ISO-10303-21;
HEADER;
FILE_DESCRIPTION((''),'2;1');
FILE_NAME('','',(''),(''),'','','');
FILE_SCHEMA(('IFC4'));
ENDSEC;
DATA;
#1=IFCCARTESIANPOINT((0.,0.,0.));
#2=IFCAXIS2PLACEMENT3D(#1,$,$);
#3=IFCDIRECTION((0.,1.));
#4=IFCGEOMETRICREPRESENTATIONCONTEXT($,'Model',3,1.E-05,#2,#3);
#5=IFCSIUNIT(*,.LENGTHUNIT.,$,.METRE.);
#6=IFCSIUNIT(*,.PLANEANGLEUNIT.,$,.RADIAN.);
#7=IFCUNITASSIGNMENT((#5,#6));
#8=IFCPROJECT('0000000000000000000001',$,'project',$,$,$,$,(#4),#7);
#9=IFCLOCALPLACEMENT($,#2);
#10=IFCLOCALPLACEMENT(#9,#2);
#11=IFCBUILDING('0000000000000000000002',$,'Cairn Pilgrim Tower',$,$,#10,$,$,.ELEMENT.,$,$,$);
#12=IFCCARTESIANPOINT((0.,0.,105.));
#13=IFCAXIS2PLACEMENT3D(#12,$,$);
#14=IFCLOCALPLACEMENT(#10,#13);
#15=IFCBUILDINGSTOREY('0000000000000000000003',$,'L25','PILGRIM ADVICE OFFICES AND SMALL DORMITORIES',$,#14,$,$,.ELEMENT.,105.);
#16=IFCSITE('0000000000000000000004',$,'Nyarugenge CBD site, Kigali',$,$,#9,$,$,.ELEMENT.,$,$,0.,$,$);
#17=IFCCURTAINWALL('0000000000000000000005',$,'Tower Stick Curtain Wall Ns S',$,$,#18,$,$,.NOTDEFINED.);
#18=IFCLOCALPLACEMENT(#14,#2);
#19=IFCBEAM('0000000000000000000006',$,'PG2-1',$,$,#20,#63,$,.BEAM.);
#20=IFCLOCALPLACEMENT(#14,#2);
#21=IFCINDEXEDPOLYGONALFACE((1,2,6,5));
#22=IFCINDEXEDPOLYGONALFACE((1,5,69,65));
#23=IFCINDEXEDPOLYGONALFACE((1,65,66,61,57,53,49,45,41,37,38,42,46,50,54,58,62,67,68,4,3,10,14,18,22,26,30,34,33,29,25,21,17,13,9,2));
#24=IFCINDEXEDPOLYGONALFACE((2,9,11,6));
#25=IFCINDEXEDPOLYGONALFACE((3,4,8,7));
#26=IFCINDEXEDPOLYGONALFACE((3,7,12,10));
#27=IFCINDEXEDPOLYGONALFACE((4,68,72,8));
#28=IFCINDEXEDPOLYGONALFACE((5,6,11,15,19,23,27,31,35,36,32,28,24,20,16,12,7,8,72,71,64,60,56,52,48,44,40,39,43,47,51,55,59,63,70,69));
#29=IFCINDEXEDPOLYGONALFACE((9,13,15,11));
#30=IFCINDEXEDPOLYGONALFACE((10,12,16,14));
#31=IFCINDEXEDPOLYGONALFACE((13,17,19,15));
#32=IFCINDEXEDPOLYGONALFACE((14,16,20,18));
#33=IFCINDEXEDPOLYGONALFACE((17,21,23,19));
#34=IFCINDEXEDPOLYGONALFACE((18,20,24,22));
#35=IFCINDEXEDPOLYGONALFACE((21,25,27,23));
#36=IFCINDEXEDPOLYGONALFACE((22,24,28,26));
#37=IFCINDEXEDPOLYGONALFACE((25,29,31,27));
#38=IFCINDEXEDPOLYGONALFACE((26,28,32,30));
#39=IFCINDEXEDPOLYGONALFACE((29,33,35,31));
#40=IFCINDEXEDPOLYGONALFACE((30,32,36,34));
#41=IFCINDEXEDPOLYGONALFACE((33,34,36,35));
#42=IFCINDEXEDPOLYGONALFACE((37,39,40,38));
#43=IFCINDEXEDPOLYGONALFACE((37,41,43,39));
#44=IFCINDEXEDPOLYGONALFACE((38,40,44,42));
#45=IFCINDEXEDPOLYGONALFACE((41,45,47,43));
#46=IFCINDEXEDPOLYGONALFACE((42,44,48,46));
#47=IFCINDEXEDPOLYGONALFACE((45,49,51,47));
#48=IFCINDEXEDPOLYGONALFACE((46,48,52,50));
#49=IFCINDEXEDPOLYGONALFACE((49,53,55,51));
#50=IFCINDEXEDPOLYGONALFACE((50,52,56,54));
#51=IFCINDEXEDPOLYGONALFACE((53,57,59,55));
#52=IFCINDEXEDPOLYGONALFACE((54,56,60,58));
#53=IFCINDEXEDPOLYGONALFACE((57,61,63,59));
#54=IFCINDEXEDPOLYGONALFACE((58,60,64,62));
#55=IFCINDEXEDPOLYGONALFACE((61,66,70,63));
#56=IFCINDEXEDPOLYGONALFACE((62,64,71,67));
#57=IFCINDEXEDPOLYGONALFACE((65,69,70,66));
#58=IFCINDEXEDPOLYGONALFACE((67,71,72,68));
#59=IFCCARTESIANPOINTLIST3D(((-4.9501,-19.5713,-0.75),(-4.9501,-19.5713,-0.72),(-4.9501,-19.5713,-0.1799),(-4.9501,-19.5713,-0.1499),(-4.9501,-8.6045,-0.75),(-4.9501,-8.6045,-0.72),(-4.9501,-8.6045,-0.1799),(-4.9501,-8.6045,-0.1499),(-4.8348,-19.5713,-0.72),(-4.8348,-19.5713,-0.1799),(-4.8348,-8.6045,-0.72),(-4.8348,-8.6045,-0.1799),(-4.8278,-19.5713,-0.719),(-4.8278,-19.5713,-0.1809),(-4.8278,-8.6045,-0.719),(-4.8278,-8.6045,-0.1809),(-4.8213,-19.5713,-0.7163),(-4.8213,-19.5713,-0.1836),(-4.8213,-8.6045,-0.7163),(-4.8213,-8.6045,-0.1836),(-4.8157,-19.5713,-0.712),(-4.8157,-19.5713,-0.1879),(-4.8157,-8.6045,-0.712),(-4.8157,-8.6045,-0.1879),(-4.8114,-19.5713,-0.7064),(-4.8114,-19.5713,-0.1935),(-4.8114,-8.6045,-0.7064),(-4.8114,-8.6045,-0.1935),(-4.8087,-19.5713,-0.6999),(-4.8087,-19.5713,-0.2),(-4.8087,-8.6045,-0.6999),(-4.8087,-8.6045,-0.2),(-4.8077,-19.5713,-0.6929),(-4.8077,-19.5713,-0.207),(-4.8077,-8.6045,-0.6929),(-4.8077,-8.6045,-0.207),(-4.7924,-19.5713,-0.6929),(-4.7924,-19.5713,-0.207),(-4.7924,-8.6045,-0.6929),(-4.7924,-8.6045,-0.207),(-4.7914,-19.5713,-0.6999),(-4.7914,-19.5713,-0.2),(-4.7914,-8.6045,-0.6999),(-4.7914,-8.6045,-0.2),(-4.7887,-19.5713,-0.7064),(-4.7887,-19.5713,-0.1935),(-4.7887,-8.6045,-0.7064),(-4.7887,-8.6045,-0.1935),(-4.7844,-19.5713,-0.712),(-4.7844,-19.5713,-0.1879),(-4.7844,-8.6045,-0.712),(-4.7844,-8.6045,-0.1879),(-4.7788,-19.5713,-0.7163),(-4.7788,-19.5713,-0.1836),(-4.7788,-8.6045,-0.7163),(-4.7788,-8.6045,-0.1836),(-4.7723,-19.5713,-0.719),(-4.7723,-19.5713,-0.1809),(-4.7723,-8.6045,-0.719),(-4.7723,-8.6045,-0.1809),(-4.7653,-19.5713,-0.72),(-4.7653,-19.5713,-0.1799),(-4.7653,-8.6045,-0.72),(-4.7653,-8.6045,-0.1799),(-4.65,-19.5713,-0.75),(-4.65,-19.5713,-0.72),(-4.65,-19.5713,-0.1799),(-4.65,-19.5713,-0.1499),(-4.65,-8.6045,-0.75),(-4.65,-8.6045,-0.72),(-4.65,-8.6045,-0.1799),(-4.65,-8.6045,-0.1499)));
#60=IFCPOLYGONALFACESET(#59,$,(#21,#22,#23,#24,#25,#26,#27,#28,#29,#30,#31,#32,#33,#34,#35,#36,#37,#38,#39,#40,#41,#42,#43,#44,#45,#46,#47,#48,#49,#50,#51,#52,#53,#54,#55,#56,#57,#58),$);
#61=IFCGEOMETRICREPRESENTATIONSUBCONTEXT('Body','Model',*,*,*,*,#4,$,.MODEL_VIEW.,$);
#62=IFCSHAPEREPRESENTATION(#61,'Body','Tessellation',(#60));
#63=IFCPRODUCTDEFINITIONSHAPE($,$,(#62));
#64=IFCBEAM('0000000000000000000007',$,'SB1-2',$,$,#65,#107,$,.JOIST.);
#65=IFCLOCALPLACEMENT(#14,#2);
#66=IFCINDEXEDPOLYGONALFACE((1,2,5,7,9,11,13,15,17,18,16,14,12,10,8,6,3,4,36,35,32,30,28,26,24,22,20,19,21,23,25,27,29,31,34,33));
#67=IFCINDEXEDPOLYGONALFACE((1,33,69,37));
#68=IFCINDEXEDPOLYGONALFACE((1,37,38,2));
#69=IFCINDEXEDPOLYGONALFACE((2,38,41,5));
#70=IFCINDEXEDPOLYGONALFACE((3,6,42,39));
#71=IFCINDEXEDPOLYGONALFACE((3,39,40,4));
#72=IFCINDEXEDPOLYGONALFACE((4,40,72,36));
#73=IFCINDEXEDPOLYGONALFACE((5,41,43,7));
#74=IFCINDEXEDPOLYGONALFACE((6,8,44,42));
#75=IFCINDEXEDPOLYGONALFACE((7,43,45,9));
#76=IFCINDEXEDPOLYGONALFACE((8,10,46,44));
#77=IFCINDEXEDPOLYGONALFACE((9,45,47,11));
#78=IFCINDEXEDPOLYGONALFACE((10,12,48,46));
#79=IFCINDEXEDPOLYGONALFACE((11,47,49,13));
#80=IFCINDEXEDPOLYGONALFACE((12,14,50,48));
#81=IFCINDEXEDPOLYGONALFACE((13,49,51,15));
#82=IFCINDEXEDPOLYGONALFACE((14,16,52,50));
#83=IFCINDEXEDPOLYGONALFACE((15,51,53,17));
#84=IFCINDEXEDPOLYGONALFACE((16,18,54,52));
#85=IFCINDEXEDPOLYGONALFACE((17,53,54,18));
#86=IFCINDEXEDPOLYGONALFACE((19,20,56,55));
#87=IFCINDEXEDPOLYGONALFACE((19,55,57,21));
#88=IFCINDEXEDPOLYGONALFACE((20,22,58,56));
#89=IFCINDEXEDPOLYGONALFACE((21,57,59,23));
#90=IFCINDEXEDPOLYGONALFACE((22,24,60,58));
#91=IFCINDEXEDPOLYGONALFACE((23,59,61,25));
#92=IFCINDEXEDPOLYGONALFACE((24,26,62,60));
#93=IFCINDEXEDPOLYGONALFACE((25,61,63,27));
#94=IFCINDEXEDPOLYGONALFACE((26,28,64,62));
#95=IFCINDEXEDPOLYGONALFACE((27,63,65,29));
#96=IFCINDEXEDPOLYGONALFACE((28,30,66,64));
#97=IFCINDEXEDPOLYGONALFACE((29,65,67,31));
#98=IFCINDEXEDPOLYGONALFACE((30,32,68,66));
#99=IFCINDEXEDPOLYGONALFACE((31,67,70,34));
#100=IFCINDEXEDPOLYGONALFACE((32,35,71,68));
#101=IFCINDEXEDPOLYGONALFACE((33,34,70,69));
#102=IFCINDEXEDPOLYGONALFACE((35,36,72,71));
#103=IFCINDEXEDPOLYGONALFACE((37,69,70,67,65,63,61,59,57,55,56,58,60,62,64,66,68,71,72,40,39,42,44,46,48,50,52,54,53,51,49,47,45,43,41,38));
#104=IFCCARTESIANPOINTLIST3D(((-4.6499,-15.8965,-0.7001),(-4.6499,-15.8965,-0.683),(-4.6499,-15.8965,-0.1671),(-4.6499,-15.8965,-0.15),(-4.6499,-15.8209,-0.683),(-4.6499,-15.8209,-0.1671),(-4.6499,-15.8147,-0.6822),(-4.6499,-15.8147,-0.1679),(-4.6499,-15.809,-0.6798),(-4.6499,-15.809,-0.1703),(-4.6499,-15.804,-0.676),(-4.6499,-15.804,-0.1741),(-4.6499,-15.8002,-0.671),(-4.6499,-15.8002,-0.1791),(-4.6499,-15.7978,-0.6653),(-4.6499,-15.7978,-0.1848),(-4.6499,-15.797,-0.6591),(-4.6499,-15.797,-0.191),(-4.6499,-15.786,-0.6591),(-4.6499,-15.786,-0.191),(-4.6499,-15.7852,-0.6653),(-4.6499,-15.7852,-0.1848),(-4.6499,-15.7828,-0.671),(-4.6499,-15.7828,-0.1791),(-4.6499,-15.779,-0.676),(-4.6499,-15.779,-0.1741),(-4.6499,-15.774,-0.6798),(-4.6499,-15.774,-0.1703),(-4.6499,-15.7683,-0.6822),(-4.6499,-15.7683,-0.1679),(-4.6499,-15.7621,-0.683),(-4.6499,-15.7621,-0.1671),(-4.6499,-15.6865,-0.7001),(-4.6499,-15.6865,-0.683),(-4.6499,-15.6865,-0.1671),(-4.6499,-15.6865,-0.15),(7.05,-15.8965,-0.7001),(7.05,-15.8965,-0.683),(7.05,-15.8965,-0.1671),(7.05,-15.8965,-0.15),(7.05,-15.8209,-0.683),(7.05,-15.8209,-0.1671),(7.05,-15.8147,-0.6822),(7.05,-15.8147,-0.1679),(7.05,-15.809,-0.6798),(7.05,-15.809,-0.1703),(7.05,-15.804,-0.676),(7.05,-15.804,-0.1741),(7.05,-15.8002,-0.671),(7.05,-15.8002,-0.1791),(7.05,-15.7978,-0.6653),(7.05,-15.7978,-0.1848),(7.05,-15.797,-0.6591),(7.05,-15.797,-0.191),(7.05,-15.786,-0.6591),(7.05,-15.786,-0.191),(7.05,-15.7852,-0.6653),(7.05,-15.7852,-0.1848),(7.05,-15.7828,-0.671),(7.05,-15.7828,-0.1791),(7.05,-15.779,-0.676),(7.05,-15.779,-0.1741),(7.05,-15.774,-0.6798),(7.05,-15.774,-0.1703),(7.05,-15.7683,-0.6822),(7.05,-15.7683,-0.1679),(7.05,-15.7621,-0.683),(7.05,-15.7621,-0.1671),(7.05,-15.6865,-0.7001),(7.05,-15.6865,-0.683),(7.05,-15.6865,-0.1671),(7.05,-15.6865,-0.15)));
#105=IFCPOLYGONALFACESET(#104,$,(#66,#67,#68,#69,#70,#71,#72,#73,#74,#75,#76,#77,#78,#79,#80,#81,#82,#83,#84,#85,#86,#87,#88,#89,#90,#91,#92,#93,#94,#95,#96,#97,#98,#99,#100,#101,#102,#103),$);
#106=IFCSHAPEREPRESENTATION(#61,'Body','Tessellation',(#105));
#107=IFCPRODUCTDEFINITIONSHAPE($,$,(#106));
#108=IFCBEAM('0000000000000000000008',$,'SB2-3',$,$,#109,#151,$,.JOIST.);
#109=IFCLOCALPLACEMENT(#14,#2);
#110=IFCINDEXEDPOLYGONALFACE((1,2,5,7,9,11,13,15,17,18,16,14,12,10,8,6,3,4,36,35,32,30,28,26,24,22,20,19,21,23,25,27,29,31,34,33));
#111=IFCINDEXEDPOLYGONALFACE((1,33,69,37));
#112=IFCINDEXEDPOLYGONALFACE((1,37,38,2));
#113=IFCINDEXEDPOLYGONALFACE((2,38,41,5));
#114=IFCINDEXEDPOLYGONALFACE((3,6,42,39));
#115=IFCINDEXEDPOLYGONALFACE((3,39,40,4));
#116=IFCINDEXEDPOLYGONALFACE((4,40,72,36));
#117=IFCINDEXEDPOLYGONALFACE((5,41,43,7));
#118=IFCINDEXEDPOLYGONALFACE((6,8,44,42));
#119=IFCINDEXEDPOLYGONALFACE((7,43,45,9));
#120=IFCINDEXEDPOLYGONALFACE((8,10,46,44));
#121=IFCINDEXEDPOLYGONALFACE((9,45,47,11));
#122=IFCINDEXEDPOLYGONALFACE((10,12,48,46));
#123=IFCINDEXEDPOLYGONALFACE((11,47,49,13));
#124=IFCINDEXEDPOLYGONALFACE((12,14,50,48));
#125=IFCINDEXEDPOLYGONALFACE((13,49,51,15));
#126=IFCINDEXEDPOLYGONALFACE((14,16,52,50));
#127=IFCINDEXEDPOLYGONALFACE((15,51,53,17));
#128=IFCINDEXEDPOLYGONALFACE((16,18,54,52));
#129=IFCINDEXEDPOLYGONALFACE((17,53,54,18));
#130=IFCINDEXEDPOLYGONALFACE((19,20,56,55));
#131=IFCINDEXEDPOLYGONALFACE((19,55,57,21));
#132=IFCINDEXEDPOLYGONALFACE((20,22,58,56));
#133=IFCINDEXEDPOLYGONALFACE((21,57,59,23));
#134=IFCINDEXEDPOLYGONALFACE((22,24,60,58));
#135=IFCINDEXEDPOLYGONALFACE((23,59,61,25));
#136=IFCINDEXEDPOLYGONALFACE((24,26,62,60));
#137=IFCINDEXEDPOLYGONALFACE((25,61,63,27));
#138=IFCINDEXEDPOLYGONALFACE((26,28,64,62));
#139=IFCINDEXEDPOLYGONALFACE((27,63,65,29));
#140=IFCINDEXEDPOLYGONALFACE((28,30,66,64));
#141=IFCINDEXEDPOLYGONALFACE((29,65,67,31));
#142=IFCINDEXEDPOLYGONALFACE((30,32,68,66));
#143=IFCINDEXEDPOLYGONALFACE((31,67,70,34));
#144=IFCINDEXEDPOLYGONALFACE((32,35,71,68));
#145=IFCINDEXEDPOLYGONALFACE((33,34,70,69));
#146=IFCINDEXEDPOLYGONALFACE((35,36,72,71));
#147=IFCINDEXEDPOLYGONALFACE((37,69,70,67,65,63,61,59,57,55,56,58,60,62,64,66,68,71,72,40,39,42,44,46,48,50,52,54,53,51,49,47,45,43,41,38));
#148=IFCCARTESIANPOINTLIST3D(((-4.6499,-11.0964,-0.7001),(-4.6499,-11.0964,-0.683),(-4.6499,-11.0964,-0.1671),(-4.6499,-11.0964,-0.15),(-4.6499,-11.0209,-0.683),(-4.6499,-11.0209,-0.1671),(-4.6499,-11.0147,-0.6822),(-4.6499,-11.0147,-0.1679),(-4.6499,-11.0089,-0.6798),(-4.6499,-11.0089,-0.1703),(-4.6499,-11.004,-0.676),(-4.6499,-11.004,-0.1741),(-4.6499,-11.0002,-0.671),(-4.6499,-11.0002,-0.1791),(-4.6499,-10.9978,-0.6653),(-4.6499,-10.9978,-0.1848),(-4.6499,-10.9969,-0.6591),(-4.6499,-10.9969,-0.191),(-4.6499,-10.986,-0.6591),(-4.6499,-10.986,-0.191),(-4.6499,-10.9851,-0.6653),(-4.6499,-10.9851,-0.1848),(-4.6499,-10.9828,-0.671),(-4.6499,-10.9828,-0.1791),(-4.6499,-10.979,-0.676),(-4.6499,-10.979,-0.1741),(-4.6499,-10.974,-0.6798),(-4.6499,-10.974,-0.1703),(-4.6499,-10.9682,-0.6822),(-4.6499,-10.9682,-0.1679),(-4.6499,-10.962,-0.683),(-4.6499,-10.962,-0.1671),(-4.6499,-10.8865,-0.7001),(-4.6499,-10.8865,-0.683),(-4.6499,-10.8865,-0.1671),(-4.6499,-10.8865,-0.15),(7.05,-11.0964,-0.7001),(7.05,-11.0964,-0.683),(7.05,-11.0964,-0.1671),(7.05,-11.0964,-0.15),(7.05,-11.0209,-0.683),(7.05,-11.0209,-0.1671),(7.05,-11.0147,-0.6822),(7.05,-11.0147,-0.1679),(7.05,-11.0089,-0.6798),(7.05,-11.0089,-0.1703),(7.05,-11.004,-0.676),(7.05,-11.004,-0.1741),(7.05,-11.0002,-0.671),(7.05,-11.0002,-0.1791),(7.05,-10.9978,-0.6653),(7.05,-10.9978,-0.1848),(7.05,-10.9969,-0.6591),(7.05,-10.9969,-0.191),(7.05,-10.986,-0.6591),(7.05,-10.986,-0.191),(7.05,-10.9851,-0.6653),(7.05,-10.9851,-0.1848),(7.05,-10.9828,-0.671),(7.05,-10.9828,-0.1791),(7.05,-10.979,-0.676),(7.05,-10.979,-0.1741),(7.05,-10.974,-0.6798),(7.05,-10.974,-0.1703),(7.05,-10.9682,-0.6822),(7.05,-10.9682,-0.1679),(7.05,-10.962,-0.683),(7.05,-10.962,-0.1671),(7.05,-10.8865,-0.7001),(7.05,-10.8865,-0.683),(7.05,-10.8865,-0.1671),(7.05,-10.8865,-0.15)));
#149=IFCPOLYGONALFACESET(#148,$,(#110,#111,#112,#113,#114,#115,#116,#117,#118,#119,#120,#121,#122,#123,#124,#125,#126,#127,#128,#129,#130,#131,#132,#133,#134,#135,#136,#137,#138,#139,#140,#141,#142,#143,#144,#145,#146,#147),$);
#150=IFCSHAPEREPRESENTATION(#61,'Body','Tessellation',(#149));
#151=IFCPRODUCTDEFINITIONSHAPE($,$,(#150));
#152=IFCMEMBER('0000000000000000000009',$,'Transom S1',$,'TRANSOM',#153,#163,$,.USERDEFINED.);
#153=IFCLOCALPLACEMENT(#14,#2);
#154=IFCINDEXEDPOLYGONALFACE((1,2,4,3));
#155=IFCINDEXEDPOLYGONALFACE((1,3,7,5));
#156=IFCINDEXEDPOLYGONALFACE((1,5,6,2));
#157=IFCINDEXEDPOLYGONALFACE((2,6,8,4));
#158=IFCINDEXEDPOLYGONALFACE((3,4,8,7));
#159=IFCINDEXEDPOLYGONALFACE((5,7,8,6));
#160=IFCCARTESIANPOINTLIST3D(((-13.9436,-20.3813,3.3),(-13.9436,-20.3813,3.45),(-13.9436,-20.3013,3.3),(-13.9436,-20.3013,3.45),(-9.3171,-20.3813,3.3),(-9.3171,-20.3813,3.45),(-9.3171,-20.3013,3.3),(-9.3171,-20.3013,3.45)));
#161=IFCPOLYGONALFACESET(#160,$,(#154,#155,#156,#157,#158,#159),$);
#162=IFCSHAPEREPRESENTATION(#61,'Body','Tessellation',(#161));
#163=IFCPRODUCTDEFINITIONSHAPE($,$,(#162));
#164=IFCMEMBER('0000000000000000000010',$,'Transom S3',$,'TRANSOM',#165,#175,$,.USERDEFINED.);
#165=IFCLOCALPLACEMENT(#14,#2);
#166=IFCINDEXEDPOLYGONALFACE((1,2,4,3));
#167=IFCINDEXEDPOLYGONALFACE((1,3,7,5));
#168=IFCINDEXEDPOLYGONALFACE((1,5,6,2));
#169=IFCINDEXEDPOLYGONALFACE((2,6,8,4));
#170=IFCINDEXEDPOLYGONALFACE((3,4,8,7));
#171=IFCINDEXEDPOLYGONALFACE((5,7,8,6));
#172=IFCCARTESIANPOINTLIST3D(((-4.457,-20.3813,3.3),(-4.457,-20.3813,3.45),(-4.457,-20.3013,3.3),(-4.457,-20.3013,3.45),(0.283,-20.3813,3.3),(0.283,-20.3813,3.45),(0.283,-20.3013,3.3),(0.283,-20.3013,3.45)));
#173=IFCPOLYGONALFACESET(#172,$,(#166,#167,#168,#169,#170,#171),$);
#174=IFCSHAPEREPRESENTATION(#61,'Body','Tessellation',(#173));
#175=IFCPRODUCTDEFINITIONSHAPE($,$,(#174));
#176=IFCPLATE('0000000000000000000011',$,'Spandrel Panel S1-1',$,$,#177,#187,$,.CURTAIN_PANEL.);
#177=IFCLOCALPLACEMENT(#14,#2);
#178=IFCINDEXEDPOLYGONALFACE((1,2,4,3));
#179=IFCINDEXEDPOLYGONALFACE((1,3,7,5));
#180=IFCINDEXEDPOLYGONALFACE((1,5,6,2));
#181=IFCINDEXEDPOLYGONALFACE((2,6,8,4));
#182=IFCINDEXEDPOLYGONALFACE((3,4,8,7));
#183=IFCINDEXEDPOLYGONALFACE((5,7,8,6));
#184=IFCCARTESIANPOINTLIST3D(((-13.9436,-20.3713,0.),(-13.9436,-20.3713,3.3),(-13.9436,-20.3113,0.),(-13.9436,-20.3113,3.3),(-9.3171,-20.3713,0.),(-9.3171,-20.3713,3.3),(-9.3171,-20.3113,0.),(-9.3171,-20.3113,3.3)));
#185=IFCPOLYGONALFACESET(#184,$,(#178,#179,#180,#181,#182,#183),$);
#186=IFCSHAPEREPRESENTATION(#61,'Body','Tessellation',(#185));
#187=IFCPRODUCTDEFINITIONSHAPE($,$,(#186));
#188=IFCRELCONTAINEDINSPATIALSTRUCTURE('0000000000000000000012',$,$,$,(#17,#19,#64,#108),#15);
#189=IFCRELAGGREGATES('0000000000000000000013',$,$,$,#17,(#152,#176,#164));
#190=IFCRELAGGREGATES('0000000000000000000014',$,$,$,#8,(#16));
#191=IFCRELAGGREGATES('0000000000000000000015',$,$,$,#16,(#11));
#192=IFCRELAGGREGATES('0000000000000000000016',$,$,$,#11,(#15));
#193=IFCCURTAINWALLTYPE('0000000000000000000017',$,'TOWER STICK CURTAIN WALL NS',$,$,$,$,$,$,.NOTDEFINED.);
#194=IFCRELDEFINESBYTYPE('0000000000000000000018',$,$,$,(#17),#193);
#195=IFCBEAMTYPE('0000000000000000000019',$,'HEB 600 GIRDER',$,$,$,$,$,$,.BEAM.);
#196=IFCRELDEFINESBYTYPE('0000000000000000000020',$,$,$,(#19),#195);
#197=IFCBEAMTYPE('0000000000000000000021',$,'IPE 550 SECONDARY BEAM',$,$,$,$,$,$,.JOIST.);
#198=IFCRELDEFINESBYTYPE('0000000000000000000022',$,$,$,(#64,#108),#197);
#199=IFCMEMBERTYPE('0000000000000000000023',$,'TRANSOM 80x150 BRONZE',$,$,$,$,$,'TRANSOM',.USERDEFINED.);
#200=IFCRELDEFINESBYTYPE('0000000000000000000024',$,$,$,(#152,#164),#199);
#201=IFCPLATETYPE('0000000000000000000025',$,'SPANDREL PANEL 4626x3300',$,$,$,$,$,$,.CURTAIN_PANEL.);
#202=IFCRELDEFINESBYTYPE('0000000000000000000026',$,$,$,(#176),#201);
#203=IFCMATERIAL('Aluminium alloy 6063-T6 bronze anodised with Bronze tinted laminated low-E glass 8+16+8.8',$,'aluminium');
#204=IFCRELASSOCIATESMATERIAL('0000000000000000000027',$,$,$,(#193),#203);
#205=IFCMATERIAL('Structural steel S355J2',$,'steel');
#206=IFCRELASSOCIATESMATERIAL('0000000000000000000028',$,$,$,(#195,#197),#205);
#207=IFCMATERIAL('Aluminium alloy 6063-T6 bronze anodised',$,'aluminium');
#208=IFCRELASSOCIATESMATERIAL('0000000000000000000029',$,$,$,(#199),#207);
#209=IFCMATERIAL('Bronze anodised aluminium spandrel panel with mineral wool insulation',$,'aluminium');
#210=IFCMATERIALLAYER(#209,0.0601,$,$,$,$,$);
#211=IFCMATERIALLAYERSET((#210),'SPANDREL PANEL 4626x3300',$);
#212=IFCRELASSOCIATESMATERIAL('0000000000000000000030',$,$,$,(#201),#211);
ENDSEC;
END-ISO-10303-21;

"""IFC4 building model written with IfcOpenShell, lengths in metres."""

from ifc_helpers import new_model, si_unit, direction, frame, origin, origin_2d, place, context, subcontext, project, spatial, rectangle, i_section, extrude, material, layer, layer_set, material_profile, profile_set, type_object, element, aggregate, save


model = new_model("IFC4")

# Units and contexts
model_context = context("Model", 3, precision=1e-05, world=origin(), true_north=direction((0.0, 1.0)))
body_context = subcontext(model_context, "Body", "Model", "MODEL_VIEW")
ifc_project = project(units=[si_unit("LENGTHUNIT", "METRE"), si_unit("PLANEANGLEUNIT", "RADIAN")], contexts=[model_context])

# Site, building, storey
site_placement = place(None, origin())
site = spatial("IfcSite", under=ifc_project, at=site_placement, Name="Nyarugenge CBD site, Kigali", CompositionType="ELEMENT", RefElevation=0.0)
building_placement = place(site_placement, origin())
building = spatial("IfcBuilding", under=site, at=building_placement, Name="Cairn Pilgrim Tower", CompositionType="ELEMENT")
storey_placement = place(building_placement, frame((0.0, 0.0, 105.0)))
storey = spatial("IfcBuildingStorey", under=building, at=storey_placement, Name="L25", Description="PILGRIM ADVICE OFFICES AND SMALL DORMITORIES", CompositionType="ELEMENT", Elevation=105.0)

# Curtain wall
ifc_material_1 = material(Name="Aluminium alloy 6063-T6 bronze anodised with Bronze tinted laminated low-E glass 8+16+8.8", Category="aluminium")
curtain_wall_type = type_object("IfcCurtainWallType", Name="TOWER STICK CURTAIN WALL NS", PredefinedType="NOTDEFINED", material=ifc_material_1)
curtain_wall_placement = place(storey_placement, origin())
curtain_wall = element("IfcCurtainWall", 1, at=curtain_wall_placement, inside=storey, type_object=curtain_wall_type, Name="Tower Stick Curtain Wall Ns S", PredefinedType="NOTDEFINED")
ifc_material_2 = material(Name="Aluminium alloy 6063-T6 bronze anodised", Category="aluminium")

# Beams
ifc_material_3 = material(Name="Structural steel S355J2", Category="steel")
ifc_material_profile_1 = material_profile(ifc_material_3, i_section(OverallWidth=0.3, OverallDepth=0.6001, WebThickness=0.0154, FlangeThickness=0.03, FilletRadius=0.0271, at=origin_2d()), Name="HEB 600")
ifc_profile_set_1 = profile_set([ifc_material_profile_1], Name="Structural steel S355J2")
beam_type_1 = type_object("IfcBeamType", Name="HEB 600 GIRDER", PredefinedType="BEAM", material=ifc_profile_set_1)
beam_placement = place(storey_placement, frame((-4.8, -19.5713, -0.45), z_axis=(0.0, 1.0, 0.0), x_axis=(-1.0, 0.0, 0.0)))
element("IfcBeam", 2, at=beam_placement, inside=storey, type_object=beam_type_1, Name="PG2-1", PredefinedType="BEAM", context=body_context, shape_type="SweptSolid", body=[
    extrude(i_section(OverallWidth=0.3, OverallDepth=0.6001, WebThickness=0.0154, FlangeThickness=0.03, FilletRadius=0.0271, at=origin_2d()), origin(), (0.0, 0.0, 1.0), 10.9668),
])
ifc_material_profile_2 = material_profile(ifc_material_3, i_section(OverallWidth=0.21, OverallDepth=0.55, WebThickness=0.011, FlangeThickness=0.0171, FilletRadius=0.0239, at=origin_2d()), Name="IPE 550")
ifc_profile_set_2 = profile_set([ifc_material_profile_2], Name="Structural steel S355J2")
beam_type_2 = type_object("IfcBeamType", Name="IPE 550 SECONDARY BEAM", PredefinedType="JOIST", material=ifc_profile_set_2)
for number, where, z_axis, x_axis, name in (
    (3, (-4.6499, -15.7915, -0.425), (1.0, 0.0, 0.0), (0.0, 1.0, 0.0), "SB1-2"),
    (4, (-4.6499, -10.9915, -0.425), (1.0, 0.0, 0.0), (0.0, 1.0, 0.0), "SB2-3"),
):
    element("IfcBeam", number, at=place(storey_placement, frame(where, z_axis=z_axis, x_axis=x_axis)), inside=storey, type_object=beam_type_2, Name=name, PredefinedType="JOIST", context=body_context, shape_type="SweptSolid", body=[
        extrude(i_section(OverallWidth=0.21, OverallDepth=0.55, WebThickness=0.011, FlangeThickness=0.0171, FilletRadius=0.0239, at=origin_2d()), origin(), (0.0, 0.0, 1.0), 11.7),
    ])

# Members
ifc_material_profile_3 = material_profile(ifc_material_2, rectangle(XDim=0.0801, YDim=0.1499, at=origin_2d()), Name="TRANSOM 80x150 BRONZE")
ifc_profile_set_3 = profile_set([ifc_material_profile_3], Name="Aluminium alloy 6063-T6 bronze anodised")
member_type_1 = type_object("IfcMemberType", Name="TRANSOM 80x150 BRONZE", ElementType="TRANSOM", PredefinedType="USERDEFINED", material=ifc_profile_set_3)
member_1_placement = place(storey_placement, frame((-13.9436, -20.3413, 3.375), z_axis=(1.0, 0.0, 0.0), x_axis=(0.0, 1.0, 0.0)))
member_1 = element("IfcMember", 5, at=member_1_placement, type_object=member_type_1, Name="Transom S1", ObjectType="TRANSOM", PredefinedType="USERDEFINED", context=body_context, shape_type="SweptSolid", body=[
    extrude(rectangle(XDim=0.0801, YDim=0.1499, at=origin_2d()), origin(), (0.0, 0.0, 1.0), 4.6265),
])
member_2_placement = place(storey_placement, frame((-4.457, -20.3413, 3.375), z_axis=(1.0, 0.0, 0.0), x_axis=(0.0, 1.0, 0.0)))
member_2 = element("IfcMember", 6, at=member_2_placement, type_object=member_type_1, Name="Transom S3", ObjectType="TRANSOM", PredefinedType="USERDEFINED", context=body_context, shape_type="SweptSolid", body=[
    extrude(rectangle(XDim=0.0801, YDim=0.1499, at=origin_2d()), origin(), (0.0, 0.0, 1.0), 4.74),
])

# Plate
ifc_material_4 = material(Name="Bronze anodised aluminium spandrel panel with mineral wool insulation", Category="aluminium")
ifc_layer_1 = layer(ifc_material_4, 0.0601)
ifc_layer_set_1 = layer_set([ifc_layer_1], Name="SPANDREL PANEL 4626x3300")
plate_type_1 = type_object("IfcPlateType", Name="SPANDREL PANEL 4626x3300", PredefinedType="CURTAIN_PANEL", material=ifc_layer_set_1)
plate_1_placement = place(storey_placement, frame((-11.6304, -20.3413, 0.0), z_axis=(0.0, 0.0, 1.0), x_axis=(1.0, 0.0, 0.0)))
plate_1 = element("IfcPlate", 7, at=plate_1_placement, type_object=plate_type_1, Name="Spandrel Panel S1-1", PredefinedType="CURTAIN_PANEL", context=body_context, shape_type="SweptSolid", body=[
    extrude(rectangle(XDim=4.6265, YDim=0.0601, at=origin_2d()), origin(), (0.0, 0.0, 1.0), 3.3),
])
aggregate(curtain_wall, [member_1, plate_1, member_2])

save(model, "model.ifc")
